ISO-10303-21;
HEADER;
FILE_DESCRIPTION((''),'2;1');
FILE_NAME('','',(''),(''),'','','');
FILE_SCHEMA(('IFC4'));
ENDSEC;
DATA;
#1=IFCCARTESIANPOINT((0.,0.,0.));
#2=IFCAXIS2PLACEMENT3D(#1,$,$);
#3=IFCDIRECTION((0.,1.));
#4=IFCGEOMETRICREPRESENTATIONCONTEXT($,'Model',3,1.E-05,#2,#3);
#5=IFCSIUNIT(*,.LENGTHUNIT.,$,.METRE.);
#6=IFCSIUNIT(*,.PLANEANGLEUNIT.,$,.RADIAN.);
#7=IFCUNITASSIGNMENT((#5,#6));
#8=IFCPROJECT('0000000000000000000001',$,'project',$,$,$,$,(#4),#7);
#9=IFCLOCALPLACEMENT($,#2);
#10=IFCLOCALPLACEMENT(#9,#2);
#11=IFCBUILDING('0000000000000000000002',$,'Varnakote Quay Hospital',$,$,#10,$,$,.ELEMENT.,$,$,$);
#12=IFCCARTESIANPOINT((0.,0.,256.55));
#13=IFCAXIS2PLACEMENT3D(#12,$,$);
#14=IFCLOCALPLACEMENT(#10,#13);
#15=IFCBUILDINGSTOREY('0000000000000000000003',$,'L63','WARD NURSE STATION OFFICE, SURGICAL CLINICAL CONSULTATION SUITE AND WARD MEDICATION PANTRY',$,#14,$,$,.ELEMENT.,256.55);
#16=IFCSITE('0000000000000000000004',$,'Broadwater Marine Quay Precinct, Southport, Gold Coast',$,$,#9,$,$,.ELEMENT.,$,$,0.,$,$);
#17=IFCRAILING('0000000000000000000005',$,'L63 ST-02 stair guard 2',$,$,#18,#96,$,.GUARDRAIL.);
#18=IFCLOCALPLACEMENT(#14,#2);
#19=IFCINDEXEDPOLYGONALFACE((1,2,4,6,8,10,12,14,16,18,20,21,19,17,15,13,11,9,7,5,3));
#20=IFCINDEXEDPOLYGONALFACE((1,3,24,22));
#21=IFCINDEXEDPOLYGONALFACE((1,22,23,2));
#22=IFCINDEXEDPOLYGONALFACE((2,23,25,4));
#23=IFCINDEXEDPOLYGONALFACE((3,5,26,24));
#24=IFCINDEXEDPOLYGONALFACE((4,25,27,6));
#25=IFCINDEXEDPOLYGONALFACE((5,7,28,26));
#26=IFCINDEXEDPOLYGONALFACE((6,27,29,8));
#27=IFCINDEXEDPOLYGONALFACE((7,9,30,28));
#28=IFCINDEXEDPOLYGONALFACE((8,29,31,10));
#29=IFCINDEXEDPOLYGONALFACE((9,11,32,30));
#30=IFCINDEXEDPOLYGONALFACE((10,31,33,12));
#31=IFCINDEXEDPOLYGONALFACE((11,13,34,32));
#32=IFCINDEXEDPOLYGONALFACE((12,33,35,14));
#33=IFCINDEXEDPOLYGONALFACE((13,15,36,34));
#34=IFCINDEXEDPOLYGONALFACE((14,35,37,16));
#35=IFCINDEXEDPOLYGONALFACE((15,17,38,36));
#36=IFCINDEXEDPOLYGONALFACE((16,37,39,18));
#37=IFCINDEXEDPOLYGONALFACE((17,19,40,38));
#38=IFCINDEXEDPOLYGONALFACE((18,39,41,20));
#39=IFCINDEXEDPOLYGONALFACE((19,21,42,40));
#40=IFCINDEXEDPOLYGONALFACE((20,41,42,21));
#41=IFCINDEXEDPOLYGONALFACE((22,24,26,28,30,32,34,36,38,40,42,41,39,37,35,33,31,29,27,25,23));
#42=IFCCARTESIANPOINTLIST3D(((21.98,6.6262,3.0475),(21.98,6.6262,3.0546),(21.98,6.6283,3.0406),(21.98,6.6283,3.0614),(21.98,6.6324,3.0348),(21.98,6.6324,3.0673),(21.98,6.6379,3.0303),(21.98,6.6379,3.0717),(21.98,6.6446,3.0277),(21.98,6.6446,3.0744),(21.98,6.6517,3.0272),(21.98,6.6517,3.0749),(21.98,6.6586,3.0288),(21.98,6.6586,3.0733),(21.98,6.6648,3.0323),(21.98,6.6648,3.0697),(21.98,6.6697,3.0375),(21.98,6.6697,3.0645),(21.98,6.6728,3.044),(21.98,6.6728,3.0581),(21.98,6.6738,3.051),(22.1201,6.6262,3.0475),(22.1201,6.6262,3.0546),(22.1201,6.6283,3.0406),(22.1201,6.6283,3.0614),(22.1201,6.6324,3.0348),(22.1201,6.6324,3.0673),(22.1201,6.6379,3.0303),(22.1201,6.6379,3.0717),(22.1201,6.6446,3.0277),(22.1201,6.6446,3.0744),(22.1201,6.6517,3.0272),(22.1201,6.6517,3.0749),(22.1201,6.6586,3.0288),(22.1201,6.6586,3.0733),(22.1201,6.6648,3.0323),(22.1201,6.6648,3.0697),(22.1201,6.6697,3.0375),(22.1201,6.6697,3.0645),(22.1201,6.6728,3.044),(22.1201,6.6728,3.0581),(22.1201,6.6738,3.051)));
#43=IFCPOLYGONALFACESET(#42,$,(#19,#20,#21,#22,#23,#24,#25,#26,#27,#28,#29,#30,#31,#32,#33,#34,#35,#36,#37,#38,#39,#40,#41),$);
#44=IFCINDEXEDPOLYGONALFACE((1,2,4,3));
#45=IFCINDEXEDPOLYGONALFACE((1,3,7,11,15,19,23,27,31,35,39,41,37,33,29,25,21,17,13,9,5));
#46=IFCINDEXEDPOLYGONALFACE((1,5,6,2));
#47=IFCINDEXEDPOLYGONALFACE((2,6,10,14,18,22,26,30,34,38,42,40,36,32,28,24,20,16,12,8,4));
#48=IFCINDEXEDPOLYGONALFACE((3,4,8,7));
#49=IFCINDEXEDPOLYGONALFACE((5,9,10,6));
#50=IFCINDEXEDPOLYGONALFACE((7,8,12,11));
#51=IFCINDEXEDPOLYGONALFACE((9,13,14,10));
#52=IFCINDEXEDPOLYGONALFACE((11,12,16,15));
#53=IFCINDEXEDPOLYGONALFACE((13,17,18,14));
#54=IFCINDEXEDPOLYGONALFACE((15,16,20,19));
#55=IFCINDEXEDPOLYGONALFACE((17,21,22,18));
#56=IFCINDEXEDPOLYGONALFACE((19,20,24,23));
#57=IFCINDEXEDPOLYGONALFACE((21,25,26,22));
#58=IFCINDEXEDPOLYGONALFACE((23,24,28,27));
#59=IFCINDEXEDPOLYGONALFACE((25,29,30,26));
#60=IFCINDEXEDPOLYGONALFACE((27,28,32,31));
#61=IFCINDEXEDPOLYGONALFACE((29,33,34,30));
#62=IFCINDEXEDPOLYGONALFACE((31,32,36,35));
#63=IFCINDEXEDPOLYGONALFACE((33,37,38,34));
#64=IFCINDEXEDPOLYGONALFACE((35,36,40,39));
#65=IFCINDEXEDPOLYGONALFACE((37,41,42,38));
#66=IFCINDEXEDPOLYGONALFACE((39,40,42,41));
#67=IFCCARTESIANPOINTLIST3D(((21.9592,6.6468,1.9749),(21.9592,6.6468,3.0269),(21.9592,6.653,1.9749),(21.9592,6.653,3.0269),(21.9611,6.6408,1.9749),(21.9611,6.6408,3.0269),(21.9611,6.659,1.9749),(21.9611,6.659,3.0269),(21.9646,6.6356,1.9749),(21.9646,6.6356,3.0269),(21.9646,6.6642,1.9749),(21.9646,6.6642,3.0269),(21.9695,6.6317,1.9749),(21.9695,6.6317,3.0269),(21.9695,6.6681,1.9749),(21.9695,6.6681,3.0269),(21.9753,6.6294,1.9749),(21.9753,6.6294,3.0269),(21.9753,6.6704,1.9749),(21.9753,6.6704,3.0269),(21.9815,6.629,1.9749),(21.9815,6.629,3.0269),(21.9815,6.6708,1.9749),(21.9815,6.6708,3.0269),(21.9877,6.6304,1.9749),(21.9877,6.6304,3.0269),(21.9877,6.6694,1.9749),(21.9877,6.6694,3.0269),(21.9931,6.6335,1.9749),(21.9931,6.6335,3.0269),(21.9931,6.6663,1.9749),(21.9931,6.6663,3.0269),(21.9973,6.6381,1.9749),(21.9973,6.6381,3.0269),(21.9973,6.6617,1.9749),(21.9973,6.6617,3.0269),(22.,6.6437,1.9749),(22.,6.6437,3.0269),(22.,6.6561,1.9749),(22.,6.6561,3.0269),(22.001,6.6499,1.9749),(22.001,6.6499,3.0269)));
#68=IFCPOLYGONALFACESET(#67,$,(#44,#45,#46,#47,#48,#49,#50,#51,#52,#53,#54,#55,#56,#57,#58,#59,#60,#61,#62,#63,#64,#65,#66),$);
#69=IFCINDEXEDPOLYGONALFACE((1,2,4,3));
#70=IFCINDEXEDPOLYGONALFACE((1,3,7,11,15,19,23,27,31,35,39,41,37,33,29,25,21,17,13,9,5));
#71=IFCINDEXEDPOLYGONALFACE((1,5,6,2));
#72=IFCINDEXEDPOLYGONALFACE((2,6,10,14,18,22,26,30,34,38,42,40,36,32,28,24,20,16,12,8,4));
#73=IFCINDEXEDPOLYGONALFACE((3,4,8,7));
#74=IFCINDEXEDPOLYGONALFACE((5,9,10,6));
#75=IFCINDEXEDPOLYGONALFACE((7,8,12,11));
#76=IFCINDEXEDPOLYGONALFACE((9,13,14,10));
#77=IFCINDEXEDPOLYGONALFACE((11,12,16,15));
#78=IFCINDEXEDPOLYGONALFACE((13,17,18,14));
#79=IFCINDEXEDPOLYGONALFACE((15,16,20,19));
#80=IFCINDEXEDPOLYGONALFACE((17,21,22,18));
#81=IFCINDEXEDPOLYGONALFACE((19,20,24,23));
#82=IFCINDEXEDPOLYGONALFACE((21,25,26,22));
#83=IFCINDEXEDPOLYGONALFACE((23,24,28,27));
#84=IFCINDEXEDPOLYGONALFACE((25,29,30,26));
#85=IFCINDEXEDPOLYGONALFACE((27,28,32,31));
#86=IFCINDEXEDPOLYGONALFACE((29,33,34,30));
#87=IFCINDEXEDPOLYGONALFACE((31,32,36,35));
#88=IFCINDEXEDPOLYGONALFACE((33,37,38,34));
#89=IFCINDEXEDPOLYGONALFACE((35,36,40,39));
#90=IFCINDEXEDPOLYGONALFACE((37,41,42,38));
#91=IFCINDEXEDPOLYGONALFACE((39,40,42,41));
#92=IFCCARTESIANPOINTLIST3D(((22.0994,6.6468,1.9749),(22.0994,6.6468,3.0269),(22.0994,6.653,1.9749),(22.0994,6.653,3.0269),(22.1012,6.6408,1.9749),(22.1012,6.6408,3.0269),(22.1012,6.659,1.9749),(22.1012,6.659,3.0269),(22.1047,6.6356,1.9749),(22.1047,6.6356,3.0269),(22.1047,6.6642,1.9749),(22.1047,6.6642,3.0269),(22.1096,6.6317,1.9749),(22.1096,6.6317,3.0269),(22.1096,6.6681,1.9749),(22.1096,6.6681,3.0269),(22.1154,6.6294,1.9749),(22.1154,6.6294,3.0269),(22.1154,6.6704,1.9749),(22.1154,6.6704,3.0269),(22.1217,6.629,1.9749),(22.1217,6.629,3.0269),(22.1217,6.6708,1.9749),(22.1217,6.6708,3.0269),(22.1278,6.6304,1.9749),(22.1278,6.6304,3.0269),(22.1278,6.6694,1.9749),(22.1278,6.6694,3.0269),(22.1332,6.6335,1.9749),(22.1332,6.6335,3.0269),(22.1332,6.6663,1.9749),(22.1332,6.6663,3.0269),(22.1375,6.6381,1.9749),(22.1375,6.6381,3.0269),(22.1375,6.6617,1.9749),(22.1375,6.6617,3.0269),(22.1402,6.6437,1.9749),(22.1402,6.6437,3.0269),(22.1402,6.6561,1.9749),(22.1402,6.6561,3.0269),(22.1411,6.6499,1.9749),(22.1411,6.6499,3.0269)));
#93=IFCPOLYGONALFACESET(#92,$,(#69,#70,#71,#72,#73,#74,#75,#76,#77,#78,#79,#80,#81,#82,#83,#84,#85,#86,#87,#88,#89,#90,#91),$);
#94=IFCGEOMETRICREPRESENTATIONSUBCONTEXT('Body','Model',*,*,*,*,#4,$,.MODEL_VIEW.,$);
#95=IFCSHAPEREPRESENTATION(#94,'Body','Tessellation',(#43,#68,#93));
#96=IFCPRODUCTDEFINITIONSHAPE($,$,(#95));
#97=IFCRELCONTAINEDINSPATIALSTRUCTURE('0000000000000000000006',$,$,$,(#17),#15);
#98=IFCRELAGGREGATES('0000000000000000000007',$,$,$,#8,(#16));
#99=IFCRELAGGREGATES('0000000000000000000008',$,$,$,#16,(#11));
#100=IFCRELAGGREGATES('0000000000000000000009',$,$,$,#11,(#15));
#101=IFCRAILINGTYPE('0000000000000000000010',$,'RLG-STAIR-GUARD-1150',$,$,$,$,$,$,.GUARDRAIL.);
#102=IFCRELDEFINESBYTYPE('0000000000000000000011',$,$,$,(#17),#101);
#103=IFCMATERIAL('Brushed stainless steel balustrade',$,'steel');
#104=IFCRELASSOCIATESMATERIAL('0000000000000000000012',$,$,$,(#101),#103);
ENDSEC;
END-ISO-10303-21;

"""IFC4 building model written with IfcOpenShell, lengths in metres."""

from ifc_helpers import new_model, si_unit, direction, frame, origin, origin_2d, place, context, subcontext, project, spatial, circle, extrude, material, type_object, element, save


model = new_model("IFC4")

# Units and contexts
model_context = context("Model", 3, precision=1e-05, world=origin(), true_north=direction((0.0, 1.0)))
body_context = subcontext(model_context, "Body", "Model", "MODEL_VIEW")
ifc_project = project(units=[si_unit("LENGTHUNIT", "METRE"), si_unit("PLANEANGLEUNIT", "RADIAN")], contexts=[model_context])

# Site, building, storey
site_placement = place(None, origin())
site = spatial("IfcSite", under=ifc_project, at=site_placement, Name="Broadwater Marine Quay Precinct, Southport, Gold Coast", CompositionType="ELEMENT", RefElevation=0.0)
building_placement = place(site_placement, origin())
building = spatial("IfcBuilding", under=site, at=building_placement, Name="Varnakote Quay Hospital", CompositionType="ELEMENT")
storey_placement = place(building_placement, frame((0.0, 0.0, 256.55)))
storey = spatial("IfcBuildingStorey", under=building, at=storey_placement, Name="L63", Description="WARD NURSE STATION OFFICE, SURGICAL CLINICAL CONSULTATION SUITE AND WARD MEDICATION PANTRY", CompositionType="ELEMENT", Elevation=256.55)

# Railing
ifc_material_1 = material(Name="Brushed stainless steel balustrade", Category="steel")
railing_type_1 = type_object("IfcRailingType", Name="RLG-STAIR-GUARD-1150", PredefinedType="GUARDRAIL", material=ifc_material_1)
railing_1_placement = place(storey_placement, frame((21.98, 6.6499, 1.9749)))
element("IfcRailing", 1, at=railing_1_placement, inside=storey, type_object=railing_type_1, Name="L63 ST-02 stair guard 2", PredefinedType="GUARDRAIL", context=body_context, shape_type="SweptSolid", body=[
    extrude(circle(Radius=0.0239, at=origin_2d()), frame((0.0, 0.0, 1.0762), z_axis=(1.0, 0.0, 0.0), x_axis=(0.0, 1.0, 0.0)), (0.0, 0.0, 1.0), 0.1401),
    extrude(circle(Radius=0.021, at=origin_2d()), origin(), (0.0, 0.0, 1.0), 1.052),
    extrude(circle(Radius=0.021, at=origin_2d()), frame((0.1401, 0.0, 0.0)), (0.0, 0.0, 1.0), 1.052),
])

save(model, "model.ifc")
